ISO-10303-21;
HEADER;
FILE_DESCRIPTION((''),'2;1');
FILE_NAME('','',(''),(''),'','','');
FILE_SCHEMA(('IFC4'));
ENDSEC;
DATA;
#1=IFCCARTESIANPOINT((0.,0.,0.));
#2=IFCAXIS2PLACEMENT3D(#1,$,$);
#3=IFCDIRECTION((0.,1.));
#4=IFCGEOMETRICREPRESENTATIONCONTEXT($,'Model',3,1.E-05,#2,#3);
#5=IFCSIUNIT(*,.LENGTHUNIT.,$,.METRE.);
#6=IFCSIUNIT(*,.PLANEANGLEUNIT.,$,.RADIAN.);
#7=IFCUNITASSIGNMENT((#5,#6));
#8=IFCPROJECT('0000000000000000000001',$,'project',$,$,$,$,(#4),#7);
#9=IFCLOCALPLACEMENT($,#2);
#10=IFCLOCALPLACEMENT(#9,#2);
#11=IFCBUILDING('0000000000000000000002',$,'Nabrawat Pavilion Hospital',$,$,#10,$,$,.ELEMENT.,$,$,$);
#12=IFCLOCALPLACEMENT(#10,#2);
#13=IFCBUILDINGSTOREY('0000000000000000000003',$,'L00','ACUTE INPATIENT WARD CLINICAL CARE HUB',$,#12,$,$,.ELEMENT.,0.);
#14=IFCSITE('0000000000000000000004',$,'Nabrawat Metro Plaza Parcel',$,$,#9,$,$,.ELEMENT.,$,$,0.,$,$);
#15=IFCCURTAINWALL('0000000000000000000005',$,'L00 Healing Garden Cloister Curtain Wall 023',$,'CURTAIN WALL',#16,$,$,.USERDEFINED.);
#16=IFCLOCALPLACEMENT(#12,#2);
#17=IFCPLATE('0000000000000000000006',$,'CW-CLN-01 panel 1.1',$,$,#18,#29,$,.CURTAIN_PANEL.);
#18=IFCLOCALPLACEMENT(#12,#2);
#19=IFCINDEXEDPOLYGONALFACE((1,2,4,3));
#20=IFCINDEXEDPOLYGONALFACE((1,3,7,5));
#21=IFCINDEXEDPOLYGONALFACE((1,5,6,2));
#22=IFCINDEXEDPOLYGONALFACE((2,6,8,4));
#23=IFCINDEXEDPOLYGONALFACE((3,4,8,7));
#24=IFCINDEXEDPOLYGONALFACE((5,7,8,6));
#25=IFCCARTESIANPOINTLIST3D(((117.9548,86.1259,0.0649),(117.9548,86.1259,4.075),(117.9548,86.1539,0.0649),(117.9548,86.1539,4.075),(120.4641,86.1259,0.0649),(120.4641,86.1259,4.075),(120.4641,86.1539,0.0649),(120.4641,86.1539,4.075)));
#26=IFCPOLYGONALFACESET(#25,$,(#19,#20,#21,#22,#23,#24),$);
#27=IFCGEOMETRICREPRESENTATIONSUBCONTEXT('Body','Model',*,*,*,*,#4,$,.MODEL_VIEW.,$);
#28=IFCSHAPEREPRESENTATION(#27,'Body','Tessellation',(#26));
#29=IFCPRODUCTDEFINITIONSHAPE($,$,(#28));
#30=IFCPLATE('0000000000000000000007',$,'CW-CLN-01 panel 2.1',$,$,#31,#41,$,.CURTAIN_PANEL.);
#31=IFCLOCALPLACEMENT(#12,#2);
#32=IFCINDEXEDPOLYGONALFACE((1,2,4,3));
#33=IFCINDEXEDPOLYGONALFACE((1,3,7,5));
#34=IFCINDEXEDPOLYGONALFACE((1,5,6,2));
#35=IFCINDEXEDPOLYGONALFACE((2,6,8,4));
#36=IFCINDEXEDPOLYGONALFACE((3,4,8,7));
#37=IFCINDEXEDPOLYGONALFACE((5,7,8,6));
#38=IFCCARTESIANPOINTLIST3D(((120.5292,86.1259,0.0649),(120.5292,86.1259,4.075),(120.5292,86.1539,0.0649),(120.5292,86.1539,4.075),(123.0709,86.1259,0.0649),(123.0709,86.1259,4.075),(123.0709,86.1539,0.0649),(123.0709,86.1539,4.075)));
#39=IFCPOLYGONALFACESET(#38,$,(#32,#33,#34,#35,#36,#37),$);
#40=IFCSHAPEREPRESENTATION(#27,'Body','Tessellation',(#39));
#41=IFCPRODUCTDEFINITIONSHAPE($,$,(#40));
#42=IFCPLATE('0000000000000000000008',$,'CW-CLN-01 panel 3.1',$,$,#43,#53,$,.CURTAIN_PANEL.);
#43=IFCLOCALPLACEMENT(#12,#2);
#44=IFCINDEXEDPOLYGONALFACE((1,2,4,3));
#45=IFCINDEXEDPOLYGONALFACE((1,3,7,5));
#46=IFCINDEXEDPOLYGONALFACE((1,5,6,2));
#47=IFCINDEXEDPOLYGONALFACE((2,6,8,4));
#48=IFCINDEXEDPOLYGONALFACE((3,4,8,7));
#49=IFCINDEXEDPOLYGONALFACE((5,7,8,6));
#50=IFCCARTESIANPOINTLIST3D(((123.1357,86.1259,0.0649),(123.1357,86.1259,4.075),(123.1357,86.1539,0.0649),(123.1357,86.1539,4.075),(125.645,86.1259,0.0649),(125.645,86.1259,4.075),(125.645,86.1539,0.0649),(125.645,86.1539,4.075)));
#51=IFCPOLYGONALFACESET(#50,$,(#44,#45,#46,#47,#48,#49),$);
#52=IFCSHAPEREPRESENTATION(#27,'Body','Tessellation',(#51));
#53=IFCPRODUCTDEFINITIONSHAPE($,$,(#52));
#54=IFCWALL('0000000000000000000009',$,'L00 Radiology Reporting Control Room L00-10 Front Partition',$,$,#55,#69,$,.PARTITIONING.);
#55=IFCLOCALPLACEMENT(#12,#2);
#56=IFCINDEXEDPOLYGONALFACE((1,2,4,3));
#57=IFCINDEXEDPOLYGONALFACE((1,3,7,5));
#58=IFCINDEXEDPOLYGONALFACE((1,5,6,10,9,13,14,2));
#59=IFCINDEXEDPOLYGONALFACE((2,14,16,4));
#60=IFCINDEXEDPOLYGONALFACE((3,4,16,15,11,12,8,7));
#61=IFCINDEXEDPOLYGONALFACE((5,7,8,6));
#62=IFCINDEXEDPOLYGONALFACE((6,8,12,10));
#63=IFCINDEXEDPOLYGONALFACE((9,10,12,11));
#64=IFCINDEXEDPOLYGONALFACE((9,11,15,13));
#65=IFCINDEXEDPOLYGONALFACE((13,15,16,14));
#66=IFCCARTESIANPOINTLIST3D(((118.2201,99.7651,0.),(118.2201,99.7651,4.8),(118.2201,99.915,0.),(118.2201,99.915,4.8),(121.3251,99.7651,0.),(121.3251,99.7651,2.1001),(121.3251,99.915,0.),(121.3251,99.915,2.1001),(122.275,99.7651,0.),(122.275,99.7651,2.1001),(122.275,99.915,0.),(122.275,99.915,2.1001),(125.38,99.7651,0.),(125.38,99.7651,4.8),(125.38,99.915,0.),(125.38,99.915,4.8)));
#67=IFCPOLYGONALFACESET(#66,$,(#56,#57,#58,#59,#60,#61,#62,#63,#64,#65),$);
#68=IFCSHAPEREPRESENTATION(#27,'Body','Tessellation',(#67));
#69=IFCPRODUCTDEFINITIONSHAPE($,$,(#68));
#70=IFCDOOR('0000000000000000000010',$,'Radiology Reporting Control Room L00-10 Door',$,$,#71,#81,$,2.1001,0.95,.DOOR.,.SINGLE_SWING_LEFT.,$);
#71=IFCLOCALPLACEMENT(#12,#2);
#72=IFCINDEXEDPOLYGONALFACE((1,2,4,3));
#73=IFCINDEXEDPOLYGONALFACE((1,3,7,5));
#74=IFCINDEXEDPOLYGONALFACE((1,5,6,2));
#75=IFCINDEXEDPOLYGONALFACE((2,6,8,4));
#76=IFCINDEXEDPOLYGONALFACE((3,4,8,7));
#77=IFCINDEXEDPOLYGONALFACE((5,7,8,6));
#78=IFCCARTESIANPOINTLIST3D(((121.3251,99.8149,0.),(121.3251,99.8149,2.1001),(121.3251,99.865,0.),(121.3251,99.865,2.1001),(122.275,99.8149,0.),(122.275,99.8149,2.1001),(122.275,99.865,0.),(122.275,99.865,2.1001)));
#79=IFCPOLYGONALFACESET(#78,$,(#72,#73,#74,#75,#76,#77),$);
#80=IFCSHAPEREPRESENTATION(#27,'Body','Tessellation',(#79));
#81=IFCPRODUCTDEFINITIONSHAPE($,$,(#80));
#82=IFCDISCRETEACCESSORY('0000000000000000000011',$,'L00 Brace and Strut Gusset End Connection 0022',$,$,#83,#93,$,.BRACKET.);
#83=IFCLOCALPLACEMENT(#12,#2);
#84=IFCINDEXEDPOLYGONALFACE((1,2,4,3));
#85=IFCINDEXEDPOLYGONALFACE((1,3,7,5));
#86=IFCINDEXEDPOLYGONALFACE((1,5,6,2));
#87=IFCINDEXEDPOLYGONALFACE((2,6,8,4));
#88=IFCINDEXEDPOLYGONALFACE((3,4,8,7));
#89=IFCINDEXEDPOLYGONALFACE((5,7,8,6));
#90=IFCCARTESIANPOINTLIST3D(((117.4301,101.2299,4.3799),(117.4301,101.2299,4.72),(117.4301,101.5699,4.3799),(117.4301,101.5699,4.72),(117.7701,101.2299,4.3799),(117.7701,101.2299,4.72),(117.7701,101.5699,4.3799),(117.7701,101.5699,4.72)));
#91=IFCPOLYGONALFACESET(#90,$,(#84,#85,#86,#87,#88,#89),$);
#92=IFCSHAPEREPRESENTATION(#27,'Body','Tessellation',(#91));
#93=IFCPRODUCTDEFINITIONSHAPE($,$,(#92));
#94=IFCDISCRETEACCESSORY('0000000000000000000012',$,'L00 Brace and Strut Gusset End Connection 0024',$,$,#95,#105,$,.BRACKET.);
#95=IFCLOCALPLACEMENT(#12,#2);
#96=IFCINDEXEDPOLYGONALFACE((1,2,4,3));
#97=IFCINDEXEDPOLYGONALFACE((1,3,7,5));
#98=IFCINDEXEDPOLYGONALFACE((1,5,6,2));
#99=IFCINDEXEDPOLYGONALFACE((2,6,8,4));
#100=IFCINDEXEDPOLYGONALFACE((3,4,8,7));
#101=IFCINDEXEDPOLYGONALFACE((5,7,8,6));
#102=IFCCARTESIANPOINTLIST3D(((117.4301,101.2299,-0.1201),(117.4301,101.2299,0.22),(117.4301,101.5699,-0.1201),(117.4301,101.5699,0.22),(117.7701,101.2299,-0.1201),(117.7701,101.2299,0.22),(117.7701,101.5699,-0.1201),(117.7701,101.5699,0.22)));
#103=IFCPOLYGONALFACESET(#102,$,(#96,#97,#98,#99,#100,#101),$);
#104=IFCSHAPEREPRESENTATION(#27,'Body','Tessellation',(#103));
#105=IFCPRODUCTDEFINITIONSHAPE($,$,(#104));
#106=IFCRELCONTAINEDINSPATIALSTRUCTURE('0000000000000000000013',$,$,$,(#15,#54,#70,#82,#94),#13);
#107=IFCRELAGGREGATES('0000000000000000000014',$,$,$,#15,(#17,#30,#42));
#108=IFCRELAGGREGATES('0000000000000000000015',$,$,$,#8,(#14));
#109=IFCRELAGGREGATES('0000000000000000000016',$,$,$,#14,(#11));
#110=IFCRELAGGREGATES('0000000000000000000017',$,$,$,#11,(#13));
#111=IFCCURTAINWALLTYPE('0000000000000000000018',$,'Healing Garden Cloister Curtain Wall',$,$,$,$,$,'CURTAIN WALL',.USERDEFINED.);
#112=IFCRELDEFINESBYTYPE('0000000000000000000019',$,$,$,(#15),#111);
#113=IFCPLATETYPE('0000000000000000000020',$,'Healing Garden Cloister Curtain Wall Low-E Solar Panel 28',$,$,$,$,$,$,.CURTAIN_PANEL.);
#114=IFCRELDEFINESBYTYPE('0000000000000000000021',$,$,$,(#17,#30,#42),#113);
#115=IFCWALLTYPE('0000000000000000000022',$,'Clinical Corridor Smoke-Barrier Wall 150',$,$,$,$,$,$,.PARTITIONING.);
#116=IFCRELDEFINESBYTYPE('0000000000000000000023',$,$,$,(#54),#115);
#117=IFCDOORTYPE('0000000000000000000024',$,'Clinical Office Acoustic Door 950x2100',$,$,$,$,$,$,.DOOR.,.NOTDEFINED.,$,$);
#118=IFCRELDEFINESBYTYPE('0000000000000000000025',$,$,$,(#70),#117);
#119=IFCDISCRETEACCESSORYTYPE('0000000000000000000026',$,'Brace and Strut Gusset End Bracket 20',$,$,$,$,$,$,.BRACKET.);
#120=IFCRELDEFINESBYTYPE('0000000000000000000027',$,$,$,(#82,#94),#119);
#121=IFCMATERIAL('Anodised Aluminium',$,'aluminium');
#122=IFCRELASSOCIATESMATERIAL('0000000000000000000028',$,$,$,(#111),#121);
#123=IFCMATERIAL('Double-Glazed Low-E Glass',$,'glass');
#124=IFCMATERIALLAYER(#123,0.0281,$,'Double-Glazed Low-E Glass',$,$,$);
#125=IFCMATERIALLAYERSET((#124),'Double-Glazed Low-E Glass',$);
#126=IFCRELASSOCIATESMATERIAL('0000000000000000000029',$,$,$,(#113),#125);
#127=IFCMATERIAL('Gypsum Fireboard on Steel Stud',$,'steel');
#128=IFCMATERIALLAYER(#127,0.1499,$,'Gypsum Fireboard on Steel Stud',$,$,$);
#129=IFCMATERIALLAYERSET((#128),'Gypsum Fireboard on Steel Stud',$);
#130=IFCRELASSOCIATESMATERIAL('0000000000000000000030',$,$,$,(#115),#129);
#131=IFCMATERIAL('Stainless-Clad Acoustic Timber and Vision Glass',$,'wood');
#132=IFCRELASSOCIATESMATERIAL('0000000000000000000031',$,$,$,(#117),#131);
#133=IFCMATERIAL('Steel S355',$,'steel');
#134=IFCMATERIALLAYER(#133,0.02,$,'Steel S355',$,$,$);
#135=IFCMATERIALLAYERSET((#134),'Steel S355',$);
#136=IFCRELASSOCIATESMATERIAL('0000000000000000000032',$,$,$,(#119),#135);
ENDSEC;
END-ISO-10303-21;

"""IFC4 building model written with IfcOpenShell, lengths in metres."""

from ifc_helpers import new_model, si_unit, direction, frame, frame_2d, origin, origin_2d, place, context, subcontext, project, spatial, rectangle, extrude, material, layer, layer_set, type_object, element, fill, aggregate, save


model = new_model("IFC4")

# Units and contexts
model_context = context("Model", 3, precision=1e-05, world=origin(), true_north=direction((0.0, 1.0)))
body_context = subcontext(model_context, "Body", "Model", "MODEL_VIEW")
ifc_project = project(units=[si_unit("LENGTHUNIT", "METRE"), si_unit("PLANEANGLEUNIT", "RADIAN")], contexts=[model_context])

# Site, building, storey
site_placement = place(None, origin())
site = spatial("IfcSite", under=ifc_project, at=site_placement, Name="Nabrawat Metro Plaza Parcel", CompositionType="ELEMENT", RefElevation=0.0)
building_placement = place(site_placement, origin())
building = spatial("IfcBuilding", under=site, at=building_placement, Name="Nabrawat Pavilion Hospital", CompositionType="ELEMENT")
storey_placement = place(building_placement, origin())
storey = spatial("IfcBuildingStorey", under=building, at=storey_placement, Name="L00", Description="ACUTE INPATIENT WARD CLINICAL CARE HUB", CompositionType="ELEMENT", Elevation=0.0)

# Shared definitions
ifc_material_1 = material(Name="Steel S355", Category="steel")

# Curtain wall
ifc_material_2 = material(Name="Anodised Aluminium", Category="aluminium")
curtain_wall_type = type_object("IfcCurtainWallType", Name="Healing Garden Cloister Curtain Wall", ElementType="CURTAIN WALL", PredefinedType="USERDEFINED", material=ifc_material_2)
curtain_wall_placement = place(storey_placement, origin())
curtain_wall = element("IfcCurtainWall", 1, at=curtain_wall_placement, inside=storey, type_object=curtain_wall_type, Name="L00 Healing Garden Cloister Curtain Wall 023", ObjectType="CURTAIN WALL", PredefinedType="USERDEFINED")

# Plates
ifc_material_3 = material(Name="Double-Glazed Low-E Glass", Category="glass")
ifc_layer_1 = layer(ifc_material_3, 0.0281, Name="Double-Glazed Low-E Glass")
ifc_layer_set_1 = layer_set([ifc_layer_1], Name="Double-Glazed Low-E Glass")
plate_type = type_object("IfcPlateType", Name="Healing Garden Cloister Curtain Wall Low-E Solar Panel 28", PredefinedType="CURTAIN_PANEL", material=ifc_layer_set_1)
plate_1_placement = place(storey_placement, frame((119.2095, 86.1399, 0.0649), z_axis=(0.0, 0.0, 1.0), x_axis=(1.0, 0.0, 0.0)))
plate_1 = element("IfcPlate", 2, at=plate_1_placement, type_object=plate_type, Name="CW-CLN-01 panel 1.1", PredefinedType="CURTAIN_PANEL", context=body_context, shape_type="SweptSolid", body=[
    extrude(rectangle(XDim=2.5093, YDim=0.0281, at=origin_2d()), origin(), (0.0, 0.0, 1.0), 4.01),
])
plate_2_placement = place(storey_placement, frame((121.8, 86.1399, 0.0649), z_axis=(0.0, 0.0, 1.0), x_axis=(1.0, 0.0, 0.0)))
plate_2 = element("IfcPlate", 3, at=plate_2_placement, type_object=plate_type, Name="CW-CLN-01 panel 2.1", PredefinedType="CURTAIN_PANEL", context=body_context, shape_type="SweptSolid", body=[
    extrude(rectangle(XDim=2.5417, YDim=0.0281, at=origin_2d()), origin(), (0.0, 0.0, 1.0), 4.01),
])
plate_3_placement = place(storey_placement, frame((124.3904, 86.1399, 0.0649), z_axis=(0.0, 0.0, 1.0), x_axis=(1.0, 0.0, 0.0)))
plate_3 = element("IfcPlate", 4, at=plate_3_placement, type_object=plate_type, Name="CW-CLN-01 panel 3.1", PredefinedType="CURTAIN_PANEL", context=body_context, shape_type="SweptSolid", body=[
    extrude(rectangle(XDim=2.5093, YDim=0.0281, at=origin_2d()), origin(), (0.0, 0.0, 1.0), 4.01),
])
aggregate(curtain_wall, [plate_1, plate_2, plate_3])

# Wall, opening, door
ifc_material_4 = material(Name="Gypsum Fireboard on Steel Stud", Category="steel")
ifc_layer_2 = layer(ifc_material_4, 0.1499, Name="Gypsum Fireboard on Steel Stud")
ifc_layer_set_2 = layer_set([ifc_layer_2], Name="Gypsum Fireboard on Steel Stud")
wall_type = type_object("IfcWallType", Name="Clinical Corridor Smoke-Barrier Wall 150", PredefinedType="PARTITIONING", material=ifc_layer_set_2)
wall_placement = place(storey_placement, frame((118.22, 99.8401, 0.0), z_axis=(0.0, 0.0, 1.0), x_axis=(1.0, 0.0, 0.0)))
wall = element("IfcWall", 5, at=wall_placement, inside=storey, type_object=wall_type, Name="L00 Radiology Reporting Control Room L00-10 Front Partition", PredefinedType="PARTITIONING", context=body_context, shape_type="SweptSolid", body=[
    extrude(rectangle(XDim=7.1599, YDim=0.1499, at=frame_2d((3.5801, 0.0))), origin(), (0.0, 0.0, 1.0), 4.8),
])
opening_placement = place(wall_placement, frame((3.105, 0.0, 0.0)))
opening = element("IfcOpeningElement", 6, at=opening_placement, cuts=wall, PredefinedType="OPENING", context=body_context, shape_type="SweptSolid", body=[
    extrude(rectangle(XDim=0.95, YDim=2.1001, at=frame_2d((0.4751, 1.05))), frame((0.0, 0.085, 0.0), z_axis=(0.0, -1.0, 0.0), x_axis=(1.0, 0.0, 0.0)), (0.0, 0.0, 1.0), 0.1699),
])
ifc_material_5 = material(Name="Stainless-Clad Acoustic Timber and Vision Glass", Category="wood")
door_type = type_object("IfcDoorType", Name="Clinical Office Acoustic Door 950x2100", OperationType="NOTDEFINED", PredefinedType="DOOR", material=ifc_material_5)
door_placement = place(opening_placement, origin())
door = element("IfcDoor", 7, at=door_placement, inside=storey, type_object=door_type, Name="Radiology Reporting Control Room L00-10 Door", OperationType="SINGLE_SWING_LEFT", OverallHeight=2.1001, OverallWidth=0.95, PredefinedType="DOOR", context=body_context, shape_type="SweptSolid", body=[
    extrude(rectangle(XDim=0.95, YDim=2.1001, at=frame_2d((0.4751, 1.05))), frame((0.0, 0.0249, 0.0), z_axis=(0.0, -1.0, 0.0), x_axis=(1.0, 0.0, 0.0)), (0.0, 0.0, 1.0), 0.05),
])
fill(opening, door)

# Discrete accessories
ifc_layer_3 = layer(ifc_material_1, 0.02, Name="Steel S355")
ifc_layer_set_3 = layer_set([ifc_layer_3], Name="Steel S355")
discrete_accessory_type = type_object("IfcDiscreteAccessoryType", Name="Brace and Strut Gusset End Bracket 20", PredefinedType="BRACKET", material=ifc_layer_set_3)
for number, where, z_axis, x_axis, name in (
    (8, (117.6001, 101.3999, 4.3799), (0.0, 0.0, 1.0), (1.0, 0.0, 0.0), "L00 Brace and Strut Gusset End Connection 0022"),
    (9, (117.6001, 101.3999, -0.1201), (0.0, 0.0, 1.0), (1.0, 0.0, 0.0), "L00 Brace and Strut Gusset End Connection 0024"),
):
    element("IfcDiscreteAccessory", number, at=place(storey_placement, frame(where, z_axis=z_axis, x_axis=x_axis)), inside=storey, type_object=discrete_accessory_type, Name=name, PredefinedType="BRACKET", context=body_context, shape_type="SweptSolid", body=[
        extrude(rectangle(XDim=0.3401, YDim=0.3401, at=origin_2d()), origin(), (0.0, 0.0, 1.0), 0.3401),
    ])

save(model, "model.ifc")
